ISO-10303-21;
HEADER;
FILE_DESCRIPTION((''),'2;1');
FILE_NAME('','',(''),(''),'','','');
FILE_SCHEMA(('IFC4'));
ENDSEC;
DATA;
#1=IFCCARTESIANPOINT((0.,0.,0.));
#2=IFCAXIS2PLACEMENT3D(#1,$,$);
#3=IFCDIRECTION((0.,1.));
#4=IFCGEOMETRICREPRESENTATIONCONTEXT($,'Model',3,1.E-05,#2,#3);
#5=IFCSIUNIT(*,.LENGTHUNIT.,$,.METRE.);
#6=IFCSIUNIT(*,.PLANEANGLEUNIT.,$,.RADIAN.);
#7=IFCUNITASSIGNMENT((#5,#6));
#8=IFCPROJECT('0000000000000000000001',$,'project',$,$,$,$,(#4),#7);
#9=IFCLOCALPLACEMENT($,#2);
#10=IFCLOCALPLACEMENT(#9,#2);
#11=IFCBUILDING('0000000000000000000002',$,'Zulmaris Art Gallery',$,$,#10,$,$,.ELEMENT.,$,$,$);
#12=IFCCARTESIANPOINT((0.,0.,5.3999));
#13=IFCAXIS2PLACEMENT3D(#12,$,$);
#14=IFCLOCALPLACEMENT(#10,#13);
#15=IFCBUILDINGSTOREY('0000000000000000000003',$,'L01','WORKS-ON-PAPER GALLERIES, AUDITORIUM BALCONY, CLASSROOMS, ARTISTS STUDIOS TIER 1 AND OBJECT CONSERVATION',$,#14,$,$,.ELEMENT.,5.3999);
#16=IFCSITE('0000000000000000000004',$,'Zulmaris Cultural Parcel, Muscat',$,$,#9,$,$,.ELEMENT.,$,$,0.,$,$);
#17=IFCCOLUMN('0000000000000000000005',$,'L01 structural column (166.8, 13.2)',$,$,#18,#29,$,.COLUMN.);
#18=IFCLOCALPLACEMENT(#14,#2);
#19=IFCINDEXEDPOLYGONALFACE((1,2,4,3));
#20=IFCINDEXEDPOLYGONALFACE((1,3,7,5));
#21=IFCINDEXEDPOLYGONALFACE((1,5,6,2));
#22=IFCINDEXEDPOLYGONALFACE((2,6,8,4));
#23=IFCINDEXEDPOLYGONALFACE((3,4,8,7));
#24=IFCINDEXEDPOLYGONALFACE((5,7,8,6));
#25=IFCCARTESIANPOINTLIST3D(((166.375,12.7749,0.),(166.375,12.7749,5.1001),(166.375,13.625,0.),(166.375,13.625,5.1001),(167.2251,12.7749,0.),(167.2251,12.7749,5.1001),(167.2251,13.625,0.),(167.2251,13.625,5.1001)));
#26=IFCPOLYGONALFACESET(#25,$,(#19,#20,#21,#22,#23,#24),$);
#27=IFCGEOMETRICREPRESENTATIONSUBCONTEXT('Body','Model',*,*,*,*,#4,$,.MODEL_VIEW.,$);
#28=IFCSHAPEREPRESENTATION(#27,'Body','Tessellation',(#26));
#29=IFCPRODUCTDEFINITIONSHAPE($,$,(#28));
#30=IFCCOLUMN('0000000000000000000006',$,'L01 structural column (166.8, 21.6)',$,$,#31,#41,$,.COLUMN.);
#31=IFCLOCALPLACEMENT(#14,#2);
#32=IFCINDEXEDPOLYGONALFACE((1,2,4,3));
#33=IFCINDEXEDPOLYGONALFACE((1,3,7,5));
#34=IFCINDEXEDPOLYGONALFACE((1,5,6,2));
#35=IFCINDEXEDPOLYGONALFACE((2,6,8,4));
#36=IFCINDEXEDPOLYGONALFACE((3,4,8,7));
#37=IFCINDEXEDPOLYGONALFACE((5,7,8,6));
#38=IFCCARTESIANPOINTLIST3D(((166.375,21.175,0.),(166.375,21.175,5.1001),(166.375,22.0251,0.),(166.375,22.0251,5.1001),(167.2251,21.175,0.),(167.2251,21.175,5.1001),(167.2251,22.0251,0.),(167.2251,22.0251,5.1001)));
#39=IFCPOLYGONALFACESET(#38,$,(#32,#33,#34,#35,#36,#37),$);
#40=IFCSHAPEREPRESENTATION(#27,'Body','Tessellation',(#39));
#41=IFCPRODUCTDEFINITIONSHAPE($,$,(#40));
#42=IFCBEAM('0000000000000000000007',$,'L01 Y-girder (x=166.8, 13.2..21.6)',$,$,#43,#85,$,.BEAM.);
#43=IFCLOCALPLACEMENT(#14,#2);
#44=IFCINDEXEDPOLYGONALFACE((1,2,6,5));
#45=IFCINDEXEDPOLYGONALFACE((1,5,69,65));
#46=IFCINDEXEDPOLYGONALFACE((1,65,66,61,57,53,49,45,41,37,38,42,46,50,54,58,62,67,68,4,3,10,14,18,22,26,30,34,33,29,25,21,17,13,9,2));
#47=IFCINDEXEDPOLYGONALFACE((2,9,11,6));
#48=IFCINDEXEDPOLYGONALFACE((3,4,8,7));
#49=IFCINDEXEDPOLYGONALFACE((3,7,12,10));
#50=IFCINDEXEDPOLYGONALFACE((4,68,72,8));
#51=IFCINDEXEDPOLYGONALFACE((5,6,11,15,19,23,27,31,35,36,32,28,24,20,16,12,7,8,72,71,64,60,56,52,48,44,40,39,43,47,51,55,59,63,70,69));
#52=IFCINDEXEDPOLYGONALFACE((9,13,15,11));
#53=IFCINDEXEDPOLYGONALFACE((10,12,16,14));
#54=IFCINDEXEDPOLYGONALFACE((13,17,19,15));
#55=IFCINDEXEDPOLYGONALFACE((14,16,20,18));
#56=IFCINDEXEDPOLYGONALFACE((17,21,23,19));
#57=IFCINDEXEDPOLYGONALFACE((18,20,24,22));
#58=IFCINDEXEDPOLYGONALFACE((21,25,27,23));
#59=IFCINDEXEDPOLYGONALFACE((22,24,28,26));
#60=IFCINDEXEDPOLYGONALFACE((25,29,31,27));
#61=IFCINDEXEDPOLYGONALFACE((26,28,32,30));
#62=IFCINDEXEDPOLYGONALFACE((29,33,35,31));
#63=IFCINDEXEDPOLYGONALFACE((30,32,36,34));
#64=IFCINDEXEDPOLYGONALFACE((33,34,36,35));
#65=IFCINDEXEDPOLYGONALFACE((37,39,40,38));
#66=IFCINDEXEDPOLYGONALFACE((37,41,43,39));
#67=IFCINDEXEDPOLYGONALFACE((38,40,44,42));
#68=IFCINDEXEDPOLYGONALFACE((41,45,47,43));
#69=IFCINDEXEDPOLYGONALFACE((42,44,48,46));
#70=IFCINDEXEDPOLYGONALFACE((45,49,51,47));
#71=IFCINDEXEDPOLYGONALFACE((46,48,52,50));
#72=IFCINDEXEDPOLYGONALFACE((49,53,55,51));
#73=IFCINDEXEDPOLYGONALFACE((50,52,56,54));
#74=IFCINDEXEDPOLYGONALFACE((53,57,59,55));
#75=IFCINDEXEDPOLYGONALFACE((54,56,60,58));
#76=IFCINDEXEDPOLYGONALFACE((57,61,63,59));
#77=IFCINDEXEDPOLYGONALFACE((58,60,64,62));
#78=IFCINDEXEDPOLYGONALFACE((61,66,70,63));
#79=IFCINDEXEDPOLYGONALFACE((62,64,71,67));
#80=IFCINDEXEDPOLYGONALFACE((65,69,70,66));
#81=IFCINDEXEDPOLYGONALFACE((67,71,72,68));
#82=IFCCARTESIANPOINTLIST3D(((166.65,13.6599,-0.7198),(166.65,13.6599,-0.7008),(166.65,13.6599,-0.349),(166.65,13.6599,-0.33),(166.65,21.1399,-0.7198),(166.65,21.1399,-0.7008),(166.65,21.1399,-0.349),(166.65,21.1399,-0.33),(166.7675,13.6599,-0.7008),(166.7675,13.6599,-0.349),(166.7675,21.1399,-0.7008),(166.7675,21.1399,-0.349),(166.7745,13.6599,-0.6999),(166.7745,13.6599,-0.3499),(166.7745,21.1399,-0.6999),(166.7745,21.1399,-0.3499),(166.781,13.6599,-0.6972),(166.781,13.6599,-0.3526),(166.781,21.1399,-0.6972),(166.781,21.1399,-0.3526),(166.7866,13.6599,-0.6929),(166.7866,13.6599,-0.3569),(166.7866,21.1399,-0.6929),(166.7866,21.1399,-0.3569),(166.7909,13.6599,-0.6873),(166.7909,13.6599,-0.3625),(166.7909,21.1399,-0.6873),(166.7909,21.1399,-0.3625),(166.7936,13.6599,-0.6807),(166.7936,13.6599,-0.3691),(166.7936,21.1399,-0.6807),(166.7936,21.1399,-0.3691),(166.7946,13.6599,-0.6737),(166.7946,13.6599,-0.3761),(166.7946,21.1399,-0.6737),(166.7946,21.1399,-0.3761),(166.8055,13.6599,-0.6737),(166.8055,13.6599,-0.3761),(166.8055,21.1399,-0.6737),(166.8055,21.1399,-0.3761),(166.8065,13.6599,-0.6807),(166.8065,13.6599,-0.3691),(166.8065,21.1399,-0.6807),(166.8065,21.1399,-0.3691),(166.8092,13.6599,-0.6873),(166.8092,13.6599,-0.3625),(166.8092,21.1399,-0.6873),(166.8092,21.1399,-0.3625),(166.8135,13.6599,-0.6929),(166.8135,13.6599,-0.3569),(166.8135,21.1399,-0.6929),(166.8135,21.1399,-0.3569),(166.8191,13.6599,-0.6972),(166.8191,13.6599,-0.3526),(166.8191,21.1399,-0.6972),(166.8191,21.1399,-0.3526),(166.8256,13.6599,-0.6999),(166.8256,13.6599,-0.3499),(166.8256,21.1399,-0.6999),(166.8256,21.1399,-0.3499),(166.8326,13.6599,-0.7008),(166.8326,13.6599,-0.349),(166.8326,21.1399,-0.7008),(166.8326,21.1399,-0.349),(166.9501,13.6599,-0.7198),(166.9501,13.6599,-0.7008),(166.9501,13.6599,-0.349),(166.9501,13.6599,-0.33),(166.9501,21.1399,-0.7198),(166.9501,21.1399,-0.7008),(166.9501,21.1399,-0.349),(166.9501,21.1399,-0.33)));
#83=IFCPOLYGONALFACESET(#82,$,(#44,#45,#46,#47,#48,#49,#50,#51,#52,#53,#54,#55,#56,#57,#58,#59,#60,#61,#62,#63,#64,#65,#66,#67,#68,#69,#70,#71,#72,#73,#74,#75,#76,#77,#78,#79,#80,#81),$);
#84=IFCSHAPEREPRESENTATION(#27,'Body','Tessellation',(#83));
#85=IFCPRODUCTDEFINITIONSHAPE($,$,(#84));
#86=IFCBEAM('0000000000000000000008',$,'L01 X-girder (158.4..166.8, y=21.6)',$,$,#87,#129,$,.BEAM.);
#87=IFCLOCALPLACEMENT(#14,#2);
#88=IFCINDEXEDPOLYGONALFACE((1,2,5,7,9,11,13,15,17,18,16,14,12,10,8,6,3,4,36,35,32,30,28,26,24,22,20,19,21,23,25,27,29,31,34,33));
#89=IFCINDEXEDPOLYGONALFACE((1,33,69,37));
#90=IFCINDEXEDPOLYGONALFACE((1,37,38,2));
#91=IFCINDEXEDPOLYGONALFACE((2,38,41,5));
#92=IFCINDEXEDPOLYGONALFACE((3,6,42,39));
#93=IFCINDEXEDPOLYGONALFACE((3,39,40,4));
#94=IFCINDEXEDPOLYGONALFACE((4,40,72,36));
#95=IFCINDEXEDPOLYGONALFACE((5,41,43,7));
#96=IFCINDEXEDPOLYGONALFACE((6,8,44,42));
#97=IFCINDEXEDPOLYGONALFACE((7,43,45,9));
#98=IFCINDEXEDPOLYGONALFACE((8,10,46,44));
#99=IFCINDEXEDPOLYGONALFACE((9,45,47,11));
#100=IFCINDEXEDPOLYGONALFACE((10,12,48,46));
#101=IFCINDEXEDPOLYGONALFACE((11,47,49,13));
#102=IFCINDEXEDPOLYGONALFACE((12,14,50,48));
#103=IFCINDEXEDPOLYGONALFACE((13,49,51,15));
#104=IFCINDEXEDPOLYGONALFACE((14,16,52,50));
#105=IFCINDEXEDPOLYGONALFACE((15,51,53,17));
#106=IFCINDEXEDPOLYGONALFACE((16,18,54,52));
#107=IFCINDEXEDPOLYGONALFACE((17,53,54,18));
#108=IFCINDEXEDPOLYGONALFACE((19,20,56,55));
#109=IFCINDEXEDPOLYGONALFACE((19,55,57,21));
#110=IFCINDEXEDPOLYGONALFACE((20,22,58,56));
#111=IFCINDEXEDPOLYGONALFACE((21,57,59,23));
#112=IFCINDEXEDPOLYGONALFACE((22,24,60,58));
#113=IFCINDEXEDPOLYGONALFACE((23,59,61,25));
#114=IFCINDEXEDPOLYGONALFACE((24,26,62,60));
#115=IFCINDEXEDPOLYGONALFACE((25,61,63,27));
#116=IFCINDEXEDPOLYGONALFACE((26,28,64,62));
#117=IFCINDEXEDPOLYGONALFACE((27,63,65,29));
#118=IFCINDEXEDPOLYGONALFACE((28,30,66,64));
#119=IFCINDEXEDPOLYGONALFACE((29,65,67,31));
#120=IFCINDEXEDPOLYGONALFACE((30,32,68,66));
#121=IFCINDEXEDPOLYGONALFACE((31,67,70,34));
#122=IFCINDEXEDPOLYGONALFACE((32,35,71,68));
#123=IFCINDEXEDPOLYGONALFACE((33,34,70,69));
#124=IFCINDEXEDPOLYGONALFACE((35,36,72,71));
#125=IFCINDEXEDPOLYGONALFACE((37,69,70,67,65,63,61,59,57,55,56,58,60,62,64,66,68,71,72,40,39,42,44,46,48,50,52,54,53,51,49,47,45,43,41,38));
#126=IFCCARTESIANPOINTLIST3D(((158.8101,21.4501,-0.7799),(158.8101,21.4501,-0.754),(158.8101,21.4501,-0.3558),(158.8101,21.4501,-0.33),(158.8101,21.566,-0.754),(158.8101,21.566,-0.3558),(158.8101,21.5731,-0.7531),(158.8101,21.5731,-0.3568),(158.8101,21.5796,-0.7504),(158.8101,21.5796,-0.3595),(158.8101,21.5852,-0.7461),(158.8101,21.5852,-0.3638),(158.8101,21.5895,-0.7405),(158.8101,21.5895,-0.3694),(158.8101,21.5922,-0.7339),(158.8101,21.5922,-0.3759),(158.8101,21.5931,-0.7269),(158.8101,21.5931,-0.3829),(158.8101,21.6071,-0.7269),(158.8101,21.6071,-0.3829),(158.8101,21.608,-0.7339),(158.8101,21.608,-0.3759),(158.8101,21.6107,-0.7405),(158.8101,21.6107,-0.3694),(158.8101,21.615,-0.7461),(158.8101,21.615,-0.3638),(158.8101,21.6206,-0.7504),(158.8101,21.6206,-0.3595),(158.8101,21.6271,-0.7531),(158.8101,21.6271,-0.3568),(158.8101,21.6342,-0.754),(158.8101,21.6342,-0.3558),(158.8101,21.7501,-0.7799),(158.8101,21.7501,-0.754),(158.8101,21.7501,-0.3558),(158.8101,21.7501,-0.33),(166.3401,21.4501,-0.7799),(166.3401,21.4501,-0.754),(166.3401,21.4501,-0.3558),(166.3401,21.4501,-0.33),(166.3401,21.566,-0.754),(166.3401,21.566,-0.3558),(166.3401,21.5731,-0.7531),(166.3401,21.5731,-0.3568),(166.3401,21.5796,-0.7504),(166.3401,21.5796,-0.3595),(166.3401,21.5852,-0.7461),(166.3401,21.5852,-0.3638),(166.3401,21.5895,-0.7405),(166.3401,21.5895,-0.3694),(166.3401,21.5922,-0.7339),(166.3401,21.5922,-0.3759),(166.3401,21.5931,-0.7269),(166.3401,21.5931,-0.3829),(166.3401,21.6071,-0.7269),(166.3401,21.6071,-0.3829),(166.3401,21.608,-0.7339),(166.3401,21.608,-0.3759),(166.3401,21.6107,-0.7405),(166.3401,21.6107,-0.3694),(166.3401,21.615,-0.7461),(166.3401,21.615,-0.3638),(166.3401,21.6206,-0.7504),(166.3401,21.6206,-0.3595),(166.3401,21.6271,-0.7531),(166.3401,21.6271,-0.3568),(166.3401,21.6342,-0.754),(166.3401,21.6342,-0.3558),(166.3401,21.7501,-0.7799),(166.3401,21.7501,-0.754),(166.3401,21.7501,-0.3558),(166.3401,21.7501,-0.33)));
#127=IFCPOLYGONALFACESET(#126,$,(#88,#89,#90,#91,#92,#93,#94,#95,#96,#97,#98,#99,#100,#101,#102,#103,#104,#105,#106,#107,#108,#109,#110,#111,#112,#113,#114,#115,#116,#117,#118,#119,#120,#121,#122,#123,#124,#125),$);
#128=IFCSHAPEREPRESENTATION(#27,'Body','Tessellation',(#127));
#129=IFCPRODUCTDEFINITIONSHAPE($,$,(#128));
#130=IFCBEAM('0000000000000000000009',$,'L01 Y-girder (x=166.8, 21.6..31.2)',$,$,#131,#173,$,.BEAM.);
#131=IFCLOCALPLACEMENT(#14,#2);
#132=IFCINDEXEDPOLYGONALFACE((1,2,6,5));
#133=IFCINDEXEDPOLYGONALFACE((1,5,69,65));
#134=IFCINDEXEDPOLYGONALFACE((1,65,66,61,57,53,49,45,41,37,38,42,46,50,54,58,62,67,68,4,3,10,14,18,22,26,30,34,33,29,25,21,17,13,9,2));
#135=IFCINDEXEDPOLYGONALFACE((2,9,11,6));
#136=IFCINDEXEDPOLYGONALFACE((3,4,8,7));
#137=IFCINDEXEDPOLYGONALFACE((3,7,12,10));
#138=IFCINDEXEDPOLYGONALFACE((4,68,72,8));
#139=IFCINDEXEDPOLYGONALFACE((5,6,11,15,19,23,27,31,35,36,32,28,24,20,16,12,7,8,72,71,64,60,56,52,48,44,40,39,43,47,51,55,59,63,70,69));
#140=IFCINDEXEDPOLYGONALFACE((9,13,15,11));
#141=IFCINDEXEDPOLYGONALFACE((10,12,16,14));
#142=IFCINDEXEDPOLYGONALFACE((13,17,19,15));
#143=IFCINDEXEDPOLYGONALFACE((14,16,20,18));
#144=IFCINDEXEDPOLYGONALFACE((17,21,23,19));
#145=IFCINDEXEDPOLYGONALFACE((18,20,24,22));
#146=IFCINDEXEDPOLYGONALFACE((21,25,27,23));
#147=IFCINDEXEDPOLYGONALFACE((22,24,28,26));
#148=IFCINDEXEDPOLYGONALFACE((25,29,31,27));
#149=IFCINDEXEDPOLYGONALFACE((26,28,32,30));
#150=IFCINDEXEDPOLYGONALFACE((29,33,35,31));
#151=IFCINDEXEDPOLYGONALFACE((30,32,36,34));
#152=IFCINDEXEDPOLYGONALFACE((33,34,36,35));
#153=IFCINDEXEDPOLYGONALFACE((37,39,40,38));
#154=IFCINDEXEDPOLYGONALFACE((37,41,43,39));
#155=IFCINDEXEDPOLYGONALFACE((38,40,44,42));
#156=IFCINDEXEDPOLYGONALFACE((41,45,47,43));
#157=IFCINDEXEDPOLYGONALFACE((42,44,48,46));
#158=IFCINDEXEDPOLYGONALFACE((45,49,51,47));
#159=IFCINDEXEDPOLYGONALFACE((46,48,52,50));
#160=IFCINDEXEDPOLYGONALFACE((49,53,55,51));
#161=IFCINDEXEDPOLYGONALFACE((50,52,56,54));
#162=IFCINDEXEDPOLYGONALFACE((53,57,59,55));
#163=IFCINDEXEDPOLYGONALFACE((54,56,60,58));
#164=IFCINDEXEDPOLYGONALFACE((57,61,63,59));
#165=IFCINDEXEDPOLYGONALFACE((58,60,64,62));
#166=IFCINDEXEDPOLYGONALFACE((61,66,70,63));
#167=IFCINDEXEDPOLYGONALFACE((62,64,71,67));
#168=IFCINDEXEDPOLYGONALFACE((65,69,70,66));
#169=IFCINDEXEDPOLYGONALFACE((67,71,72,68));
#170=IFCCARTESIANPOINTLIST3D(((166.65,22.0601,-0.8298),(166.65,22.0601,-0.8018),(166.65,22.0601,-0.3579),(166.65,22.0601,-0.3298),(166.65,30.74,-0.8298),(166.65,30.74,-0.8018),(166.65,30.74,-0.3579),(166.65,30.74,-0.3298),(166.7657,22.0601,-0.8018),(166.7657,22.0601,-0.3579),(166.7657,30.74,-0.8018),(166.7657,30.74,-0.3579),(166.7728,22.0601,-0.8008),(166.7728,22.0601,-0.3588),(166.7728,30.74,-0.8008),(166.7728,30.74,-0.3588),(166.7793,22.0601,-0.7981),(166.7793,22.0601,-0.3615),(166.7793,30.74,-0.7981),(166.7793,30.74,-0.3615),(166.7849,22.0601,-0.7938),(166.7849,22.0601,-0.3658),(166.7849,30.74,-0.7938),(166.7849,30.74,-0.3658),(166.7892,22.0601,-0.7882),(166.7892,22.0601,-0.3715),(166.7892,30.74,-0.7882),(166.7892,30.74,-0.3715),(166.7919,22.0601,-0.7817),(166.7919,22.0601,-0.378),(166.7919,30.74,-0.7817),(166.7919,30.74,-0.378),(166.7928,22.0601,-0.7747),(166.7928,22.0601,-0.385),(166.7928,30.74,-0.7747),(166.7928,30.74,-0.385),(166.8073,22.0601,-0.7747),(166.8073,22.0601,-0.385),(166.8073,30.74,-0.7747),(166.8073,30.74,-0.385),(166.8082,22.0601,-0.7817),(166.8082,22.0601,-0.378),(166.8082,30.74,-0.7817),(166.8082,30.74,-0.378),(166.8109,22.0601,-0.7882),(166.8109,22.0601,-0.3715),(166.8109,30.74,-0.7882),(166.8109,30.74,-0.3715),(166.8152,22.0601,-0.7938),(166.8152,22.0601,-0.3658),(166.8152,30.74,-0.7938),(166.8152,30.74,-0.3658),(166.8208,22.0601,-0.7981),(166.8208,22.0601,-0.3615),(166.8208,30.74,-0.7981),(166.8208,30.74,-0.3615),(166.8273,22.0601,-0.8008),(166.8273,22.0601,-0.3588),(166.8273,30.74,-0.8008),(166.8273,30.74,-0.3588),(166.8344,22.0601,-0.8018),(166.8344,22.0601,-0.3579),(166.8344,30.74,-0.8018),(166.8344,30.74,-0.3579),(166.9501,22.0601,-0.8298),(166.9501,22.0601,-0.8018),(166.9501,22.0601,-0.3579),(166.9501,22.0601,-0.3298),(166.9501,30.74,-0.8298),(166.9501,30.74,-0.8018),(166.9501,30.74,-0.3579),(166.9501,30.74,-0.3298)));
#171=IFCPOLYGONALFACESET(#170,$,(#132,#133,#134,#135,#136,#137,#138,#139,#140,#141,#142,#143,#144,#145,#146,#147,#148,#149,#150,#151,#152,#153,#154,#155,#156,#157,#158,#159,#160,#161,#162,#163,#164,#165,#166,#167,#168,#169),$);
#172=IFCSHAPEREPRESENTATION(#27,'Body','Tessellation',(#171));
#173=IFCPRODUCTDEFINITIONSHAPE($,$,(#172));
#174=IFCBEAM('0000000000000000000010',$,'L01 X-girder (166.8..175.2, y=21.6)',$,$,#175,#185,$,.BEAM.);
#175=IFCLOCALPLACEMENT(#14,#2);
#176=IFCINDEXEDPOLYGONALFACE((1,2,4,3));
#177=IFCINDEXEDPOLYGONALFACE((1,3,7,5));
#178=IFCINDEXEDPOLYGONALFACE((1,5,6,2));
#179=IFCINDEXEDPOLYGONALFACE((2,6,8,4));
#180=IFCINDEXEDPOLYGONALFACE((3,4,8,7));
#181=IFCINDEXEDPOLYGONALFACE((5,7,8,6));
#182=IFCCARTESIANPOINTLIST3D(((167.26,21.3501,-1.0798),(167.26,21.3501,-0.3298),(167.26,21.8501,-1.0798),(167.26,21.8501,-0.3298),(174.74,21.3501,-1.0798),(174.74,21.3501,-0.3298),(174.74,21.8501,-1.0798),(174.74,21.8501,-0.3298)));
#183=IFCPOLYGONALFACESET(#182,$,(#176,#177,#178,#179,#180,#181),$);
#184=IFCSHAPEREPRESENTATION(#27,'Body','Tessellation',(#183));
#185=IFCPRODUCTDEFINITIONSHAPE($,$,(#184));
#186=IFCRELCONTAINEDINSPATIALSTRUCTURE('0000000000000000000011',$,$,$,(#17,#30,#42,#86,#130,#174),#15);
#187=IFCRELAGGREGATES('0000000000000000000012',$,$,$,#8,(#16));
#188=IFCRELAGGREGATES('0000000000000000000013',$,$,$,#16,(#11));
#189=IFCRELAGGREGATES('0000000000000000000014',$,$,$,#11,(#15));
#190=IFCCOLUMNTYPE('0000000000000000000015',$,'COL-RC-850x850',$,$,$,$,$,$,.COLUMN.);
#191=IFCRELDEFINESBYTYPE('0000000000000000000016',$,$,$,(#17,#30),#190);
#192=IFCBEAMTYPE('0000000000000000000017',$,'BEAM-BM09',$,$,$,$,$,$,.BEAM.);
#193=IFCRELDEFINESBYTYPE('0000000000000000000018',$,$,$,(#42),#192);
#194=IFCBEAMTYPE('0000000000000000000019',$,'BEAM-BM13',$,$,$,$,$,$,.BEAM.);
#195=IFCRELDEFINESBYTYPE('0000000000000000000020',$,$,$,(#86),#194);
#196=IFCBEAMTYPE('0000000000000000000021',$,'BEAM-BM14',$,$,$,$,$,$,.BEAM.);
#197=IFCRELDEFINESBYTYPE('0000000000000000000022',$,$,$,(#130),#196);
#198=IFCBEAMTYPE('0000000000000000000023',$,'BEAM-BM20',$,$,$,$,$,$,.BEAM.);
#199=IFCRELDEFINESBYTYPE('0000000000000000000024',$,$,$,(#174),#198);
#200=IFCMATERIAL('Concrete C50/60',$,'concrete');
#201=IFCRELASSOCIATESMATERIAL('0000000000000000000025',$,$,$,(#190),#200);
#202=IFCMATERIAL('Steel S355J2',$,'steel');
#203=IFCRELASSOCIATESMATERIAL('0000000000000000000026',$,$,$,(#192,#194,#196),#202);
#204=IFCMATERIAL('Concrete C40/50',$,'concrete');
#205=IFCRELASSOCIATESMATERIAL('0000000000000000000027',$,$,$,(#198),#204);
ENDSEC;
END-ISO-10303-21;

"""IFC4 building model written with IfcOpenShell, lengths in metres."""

from ifc_helpers import new_model, si_unit, direction, frame, origin, origin_2d, place, context, subcontext, project, spatial, rectangle, i_section, extrude, material, material_profile, profile_set, type_object, element, save


model = new_model("IFC4")

# Units and contexts
model_context = context("Model", 3, precision=1e-05, world=origin(), true_north=direction((0.0, 1.0)))
body_context = subcontext(model_context, "Body", "Model", "MODEL_VIEW")
ifc_project = project(units=[si_unit("LENGTHUNIT", "METRE"), si_unit("PLANEANGLEUNIT", "RADIAN")], contexts=[model_context])

# Site, building, storey
site_placement = place(None, origin())
site = spatial("IfcSite", under=ifc_project, at=site_placement, Name="Zulmaris Cultural Parcel, Muscat", CompositionType="ELEMENT", RefElevation=0.0)
building_placement = place(site_placement, origin())
building = spatial("IfcBuilding", under=site, at=building_placement, Name="Zulmaris Art Gallery", CompositionType="ELEMENT")
storey_placement = place(building_placement, frame((0.0, 0.0, 5.3999)))
storey = spatial("IfcBuildingStorey", under=building, at=storey_placement, Name="L01", Description="WORKS-ON-PAPER GALLERIES, AUDITORIUM BALCONY, CLASSROOMS, ARTISTS STUDIOS TIER 1 AND OBJECT CONSERVATION", CompositionType="ELEMENT", Elevation=5.3999)

# Columns
ifc_material_1 = material(Name="Concrete C50/60", Category="concrete")
ifc_material_profile_1 = material_profile(ifc_material_1, rectangle(XDim=0.8501, YDim=0.8501, at=origin_2d()), Name="RC 850x850")
ifc_profile_set_1 = profile_set([ifc_material_profile_1], Name="Concrete C50/60")
column_type = type_object("IfcColumnType", Name="COL-RC-850x850", PredefinedType="COLUMN", material=ifc_profile_set_1)
for number, where, z_axis, x_axis, name in (
    (1, (166.8, 13.2, 0.0), (0.0, 0.0, 1.0), (1.0, 0.0, 0.0), "L01 structural column (166.8, 13.2)"),
    (2, (166.8, 21.6001, 0.0), (0.0, 0.0, 1.0), (1.0, 0.0, 0.0), "L01 structural column (166.8, 21.6)"),
):
    element("IfcColumn", number, at=place(storey_placement, frame(where, z_axis=z_axis, x_axis=x_axis)), inside=storey, type_object=column_type, Name=name, PredefinedType="COLUMN", context=body_context, shape_type="SweptSolid", body=[
        extrude(rectangle(XDim=0.8501, YDim=0.8501, at=origin_2d()), origin(), (0.0, 0.0, 1.0), 5.1001),
    ])

# Beams
ifc_material_2 = material(Name="Steel S355J2", Category="steel")
ifc_material_profile_2 = material_profile(ifc_material_2, i_section(OverallWidth=0.3, OverallDepth=0.3899, WebThickness=0.011, FlangeThickness=0.019, FilletRadius=0.0271, at=origin_2d()), Name="HEA 400")
ifc_profile_set_2 = profile_set([ifc_material_profile_2], Name="Steel S355J2")
beam_type_1 = type_object("IfcBeamType", Name="BEAM-BM09", PredefinedType="BEAM", material=ifc_profile_set_2)
beam_1_placement = place(storey_placement, frame((166.8, 13.6599, -0.5249), z_axis=(0.0, 1.0, 0.0), x_axis=(-1.0, 0.0, 0.0)))
element("IfcBeam", 3, at=beam_1_placement, inside=storey, type_object=beam_type_1, Name="L01 Y-girder (x=166.8, 13.2..21.6)", PredefinedType="BEAM", context=body_context, shape_type="SweptSolid", body=[
    extrude(i_section(OverallWidth=0.3, OverallDepth=0.3899, WebThickness=0.011, FlangeThickness=0.019, FilletRadius=0.0271, at=origin_2d()), origin(), (0.0, 0.0, 1.0), 7.48),
])
ifc_material_profile_3 = material_profile(ifc_material_2, i_section(OverallWidth=0.3, OverallDepth=0.45, WebThickness=0.0139, FlangeThickness=0.0259, FilletRadius=0.0271, at=origin_2d()), Name="HEB 450")
ifc_profile_set_3 = profile_set([ifc_material_profile_3], Name="Steel S355J2")
beam_type_2 = type_object("IfcBeamType", Name="BEAM-BM13", PredefinedType="BEAM", material=ifc_profile_set_3)
beam_2_placement = place(storey_placement, frame((158.8101, 21.6001, -0.5549), z_axis=(1.0, 0.0, 0.0), x_axis=(0.0, 1.0, 0.0)))
element("IfcBeam", 4, at=beam_2_placement, inside=storey, type_object=beam_type_2, Name="L01 X-girder (158.4..166.8, y=21.6)", PredefinedType="BEAM", context=body_context, shape_type="SweptSolid", body=[
    extrude(i_section(OverallWidth=0.3, OverallDepth=0.45, WebThickness=0.0139, FlangeThickness=0.0259, FilletRadius=0.0271, at=origin_2d()), origin(), (0.0, 0.0, 1.0), 7.53),
])
ifc_material_profile_4 = material_profile(ifc_material_2, i_section(OverallWidth=0.3, OverallDepth=0.5, WebThickness=0.0144, FlangeThickness=0.0281, FilletRadius=0.0271, at=origin_2d()), Name="HEB 500")
ifc_profile_set_4 = profile_set([ifc_material_profile_4], Name="Steel S355J2")
beam_type_3 = type_object("IfcBeamType", Name="BEAM-BM14", PredefinedType="BEAM", material=ifc_profile_set_4)
beam_3_placement = place(storey_placement, frame((166.8, 22.0601, -0.5798), z_axis=(0.0, 1.0, 0.0), x_axis=(-1.0, 0.0, 0.0)))
element("IfcBeam", 5, at=beam_3_placement, inside=storey, type_object=beam_type_3, Name="L01 Y-girder (x=166.8, 21.6..31.2)", PredefinedType="BEAM", context=body_context, shape_type="SweptSolid", body=[
    extrude(i_section(OverallWidth=0.3, OverallDepth=0.5, WebThickness=0.0144, FlangeThickness=0.0281, FilletRadius=0.0271, at=origin_2d()), origin(), (0.0, 0.0, 1.0), 8.6799),
])
ifc_material_3 = material(Name="Concrete C40/50", Category="concrete")
ifc_material_profile_5 = material_profile(ifc_material_3, rectangle(XDim=0.5, YDim=0.75, at=origin_2d()), Name="RC 500x750")
ifc_profile_set_5 = profile_set([ifc_material_profile_5], Name="Concrete C40/50")
beam_type_4 = type_object("IfcBeamType", Name="BEAM-BM20", PredefinedType="BEAM", material=ifc_profile_set_5)
beam_4_placement = place(storey_placement, frame((167.26, 21.6001, -0.7048), z_axis=(1.0, 0.0, 0.0), x_axis=(0.0, 1.0, 0.0)))
element("IfcBeam", 6, at=beam_4_placement, inside=storey, type_object=beam_type_4, Name="L01 X-girder (166.8..175.2, y=21.6)", PredefinedType="BEAM", context=body_context, shape_type="SweptSolid", body=[
    extrude(rectangle(XDim=0.5, YDim=0.75, at=origin_2d()), origin(), (0.0, 0.0, 1.0), 7.48),
])

save(model, "model.ifc")
